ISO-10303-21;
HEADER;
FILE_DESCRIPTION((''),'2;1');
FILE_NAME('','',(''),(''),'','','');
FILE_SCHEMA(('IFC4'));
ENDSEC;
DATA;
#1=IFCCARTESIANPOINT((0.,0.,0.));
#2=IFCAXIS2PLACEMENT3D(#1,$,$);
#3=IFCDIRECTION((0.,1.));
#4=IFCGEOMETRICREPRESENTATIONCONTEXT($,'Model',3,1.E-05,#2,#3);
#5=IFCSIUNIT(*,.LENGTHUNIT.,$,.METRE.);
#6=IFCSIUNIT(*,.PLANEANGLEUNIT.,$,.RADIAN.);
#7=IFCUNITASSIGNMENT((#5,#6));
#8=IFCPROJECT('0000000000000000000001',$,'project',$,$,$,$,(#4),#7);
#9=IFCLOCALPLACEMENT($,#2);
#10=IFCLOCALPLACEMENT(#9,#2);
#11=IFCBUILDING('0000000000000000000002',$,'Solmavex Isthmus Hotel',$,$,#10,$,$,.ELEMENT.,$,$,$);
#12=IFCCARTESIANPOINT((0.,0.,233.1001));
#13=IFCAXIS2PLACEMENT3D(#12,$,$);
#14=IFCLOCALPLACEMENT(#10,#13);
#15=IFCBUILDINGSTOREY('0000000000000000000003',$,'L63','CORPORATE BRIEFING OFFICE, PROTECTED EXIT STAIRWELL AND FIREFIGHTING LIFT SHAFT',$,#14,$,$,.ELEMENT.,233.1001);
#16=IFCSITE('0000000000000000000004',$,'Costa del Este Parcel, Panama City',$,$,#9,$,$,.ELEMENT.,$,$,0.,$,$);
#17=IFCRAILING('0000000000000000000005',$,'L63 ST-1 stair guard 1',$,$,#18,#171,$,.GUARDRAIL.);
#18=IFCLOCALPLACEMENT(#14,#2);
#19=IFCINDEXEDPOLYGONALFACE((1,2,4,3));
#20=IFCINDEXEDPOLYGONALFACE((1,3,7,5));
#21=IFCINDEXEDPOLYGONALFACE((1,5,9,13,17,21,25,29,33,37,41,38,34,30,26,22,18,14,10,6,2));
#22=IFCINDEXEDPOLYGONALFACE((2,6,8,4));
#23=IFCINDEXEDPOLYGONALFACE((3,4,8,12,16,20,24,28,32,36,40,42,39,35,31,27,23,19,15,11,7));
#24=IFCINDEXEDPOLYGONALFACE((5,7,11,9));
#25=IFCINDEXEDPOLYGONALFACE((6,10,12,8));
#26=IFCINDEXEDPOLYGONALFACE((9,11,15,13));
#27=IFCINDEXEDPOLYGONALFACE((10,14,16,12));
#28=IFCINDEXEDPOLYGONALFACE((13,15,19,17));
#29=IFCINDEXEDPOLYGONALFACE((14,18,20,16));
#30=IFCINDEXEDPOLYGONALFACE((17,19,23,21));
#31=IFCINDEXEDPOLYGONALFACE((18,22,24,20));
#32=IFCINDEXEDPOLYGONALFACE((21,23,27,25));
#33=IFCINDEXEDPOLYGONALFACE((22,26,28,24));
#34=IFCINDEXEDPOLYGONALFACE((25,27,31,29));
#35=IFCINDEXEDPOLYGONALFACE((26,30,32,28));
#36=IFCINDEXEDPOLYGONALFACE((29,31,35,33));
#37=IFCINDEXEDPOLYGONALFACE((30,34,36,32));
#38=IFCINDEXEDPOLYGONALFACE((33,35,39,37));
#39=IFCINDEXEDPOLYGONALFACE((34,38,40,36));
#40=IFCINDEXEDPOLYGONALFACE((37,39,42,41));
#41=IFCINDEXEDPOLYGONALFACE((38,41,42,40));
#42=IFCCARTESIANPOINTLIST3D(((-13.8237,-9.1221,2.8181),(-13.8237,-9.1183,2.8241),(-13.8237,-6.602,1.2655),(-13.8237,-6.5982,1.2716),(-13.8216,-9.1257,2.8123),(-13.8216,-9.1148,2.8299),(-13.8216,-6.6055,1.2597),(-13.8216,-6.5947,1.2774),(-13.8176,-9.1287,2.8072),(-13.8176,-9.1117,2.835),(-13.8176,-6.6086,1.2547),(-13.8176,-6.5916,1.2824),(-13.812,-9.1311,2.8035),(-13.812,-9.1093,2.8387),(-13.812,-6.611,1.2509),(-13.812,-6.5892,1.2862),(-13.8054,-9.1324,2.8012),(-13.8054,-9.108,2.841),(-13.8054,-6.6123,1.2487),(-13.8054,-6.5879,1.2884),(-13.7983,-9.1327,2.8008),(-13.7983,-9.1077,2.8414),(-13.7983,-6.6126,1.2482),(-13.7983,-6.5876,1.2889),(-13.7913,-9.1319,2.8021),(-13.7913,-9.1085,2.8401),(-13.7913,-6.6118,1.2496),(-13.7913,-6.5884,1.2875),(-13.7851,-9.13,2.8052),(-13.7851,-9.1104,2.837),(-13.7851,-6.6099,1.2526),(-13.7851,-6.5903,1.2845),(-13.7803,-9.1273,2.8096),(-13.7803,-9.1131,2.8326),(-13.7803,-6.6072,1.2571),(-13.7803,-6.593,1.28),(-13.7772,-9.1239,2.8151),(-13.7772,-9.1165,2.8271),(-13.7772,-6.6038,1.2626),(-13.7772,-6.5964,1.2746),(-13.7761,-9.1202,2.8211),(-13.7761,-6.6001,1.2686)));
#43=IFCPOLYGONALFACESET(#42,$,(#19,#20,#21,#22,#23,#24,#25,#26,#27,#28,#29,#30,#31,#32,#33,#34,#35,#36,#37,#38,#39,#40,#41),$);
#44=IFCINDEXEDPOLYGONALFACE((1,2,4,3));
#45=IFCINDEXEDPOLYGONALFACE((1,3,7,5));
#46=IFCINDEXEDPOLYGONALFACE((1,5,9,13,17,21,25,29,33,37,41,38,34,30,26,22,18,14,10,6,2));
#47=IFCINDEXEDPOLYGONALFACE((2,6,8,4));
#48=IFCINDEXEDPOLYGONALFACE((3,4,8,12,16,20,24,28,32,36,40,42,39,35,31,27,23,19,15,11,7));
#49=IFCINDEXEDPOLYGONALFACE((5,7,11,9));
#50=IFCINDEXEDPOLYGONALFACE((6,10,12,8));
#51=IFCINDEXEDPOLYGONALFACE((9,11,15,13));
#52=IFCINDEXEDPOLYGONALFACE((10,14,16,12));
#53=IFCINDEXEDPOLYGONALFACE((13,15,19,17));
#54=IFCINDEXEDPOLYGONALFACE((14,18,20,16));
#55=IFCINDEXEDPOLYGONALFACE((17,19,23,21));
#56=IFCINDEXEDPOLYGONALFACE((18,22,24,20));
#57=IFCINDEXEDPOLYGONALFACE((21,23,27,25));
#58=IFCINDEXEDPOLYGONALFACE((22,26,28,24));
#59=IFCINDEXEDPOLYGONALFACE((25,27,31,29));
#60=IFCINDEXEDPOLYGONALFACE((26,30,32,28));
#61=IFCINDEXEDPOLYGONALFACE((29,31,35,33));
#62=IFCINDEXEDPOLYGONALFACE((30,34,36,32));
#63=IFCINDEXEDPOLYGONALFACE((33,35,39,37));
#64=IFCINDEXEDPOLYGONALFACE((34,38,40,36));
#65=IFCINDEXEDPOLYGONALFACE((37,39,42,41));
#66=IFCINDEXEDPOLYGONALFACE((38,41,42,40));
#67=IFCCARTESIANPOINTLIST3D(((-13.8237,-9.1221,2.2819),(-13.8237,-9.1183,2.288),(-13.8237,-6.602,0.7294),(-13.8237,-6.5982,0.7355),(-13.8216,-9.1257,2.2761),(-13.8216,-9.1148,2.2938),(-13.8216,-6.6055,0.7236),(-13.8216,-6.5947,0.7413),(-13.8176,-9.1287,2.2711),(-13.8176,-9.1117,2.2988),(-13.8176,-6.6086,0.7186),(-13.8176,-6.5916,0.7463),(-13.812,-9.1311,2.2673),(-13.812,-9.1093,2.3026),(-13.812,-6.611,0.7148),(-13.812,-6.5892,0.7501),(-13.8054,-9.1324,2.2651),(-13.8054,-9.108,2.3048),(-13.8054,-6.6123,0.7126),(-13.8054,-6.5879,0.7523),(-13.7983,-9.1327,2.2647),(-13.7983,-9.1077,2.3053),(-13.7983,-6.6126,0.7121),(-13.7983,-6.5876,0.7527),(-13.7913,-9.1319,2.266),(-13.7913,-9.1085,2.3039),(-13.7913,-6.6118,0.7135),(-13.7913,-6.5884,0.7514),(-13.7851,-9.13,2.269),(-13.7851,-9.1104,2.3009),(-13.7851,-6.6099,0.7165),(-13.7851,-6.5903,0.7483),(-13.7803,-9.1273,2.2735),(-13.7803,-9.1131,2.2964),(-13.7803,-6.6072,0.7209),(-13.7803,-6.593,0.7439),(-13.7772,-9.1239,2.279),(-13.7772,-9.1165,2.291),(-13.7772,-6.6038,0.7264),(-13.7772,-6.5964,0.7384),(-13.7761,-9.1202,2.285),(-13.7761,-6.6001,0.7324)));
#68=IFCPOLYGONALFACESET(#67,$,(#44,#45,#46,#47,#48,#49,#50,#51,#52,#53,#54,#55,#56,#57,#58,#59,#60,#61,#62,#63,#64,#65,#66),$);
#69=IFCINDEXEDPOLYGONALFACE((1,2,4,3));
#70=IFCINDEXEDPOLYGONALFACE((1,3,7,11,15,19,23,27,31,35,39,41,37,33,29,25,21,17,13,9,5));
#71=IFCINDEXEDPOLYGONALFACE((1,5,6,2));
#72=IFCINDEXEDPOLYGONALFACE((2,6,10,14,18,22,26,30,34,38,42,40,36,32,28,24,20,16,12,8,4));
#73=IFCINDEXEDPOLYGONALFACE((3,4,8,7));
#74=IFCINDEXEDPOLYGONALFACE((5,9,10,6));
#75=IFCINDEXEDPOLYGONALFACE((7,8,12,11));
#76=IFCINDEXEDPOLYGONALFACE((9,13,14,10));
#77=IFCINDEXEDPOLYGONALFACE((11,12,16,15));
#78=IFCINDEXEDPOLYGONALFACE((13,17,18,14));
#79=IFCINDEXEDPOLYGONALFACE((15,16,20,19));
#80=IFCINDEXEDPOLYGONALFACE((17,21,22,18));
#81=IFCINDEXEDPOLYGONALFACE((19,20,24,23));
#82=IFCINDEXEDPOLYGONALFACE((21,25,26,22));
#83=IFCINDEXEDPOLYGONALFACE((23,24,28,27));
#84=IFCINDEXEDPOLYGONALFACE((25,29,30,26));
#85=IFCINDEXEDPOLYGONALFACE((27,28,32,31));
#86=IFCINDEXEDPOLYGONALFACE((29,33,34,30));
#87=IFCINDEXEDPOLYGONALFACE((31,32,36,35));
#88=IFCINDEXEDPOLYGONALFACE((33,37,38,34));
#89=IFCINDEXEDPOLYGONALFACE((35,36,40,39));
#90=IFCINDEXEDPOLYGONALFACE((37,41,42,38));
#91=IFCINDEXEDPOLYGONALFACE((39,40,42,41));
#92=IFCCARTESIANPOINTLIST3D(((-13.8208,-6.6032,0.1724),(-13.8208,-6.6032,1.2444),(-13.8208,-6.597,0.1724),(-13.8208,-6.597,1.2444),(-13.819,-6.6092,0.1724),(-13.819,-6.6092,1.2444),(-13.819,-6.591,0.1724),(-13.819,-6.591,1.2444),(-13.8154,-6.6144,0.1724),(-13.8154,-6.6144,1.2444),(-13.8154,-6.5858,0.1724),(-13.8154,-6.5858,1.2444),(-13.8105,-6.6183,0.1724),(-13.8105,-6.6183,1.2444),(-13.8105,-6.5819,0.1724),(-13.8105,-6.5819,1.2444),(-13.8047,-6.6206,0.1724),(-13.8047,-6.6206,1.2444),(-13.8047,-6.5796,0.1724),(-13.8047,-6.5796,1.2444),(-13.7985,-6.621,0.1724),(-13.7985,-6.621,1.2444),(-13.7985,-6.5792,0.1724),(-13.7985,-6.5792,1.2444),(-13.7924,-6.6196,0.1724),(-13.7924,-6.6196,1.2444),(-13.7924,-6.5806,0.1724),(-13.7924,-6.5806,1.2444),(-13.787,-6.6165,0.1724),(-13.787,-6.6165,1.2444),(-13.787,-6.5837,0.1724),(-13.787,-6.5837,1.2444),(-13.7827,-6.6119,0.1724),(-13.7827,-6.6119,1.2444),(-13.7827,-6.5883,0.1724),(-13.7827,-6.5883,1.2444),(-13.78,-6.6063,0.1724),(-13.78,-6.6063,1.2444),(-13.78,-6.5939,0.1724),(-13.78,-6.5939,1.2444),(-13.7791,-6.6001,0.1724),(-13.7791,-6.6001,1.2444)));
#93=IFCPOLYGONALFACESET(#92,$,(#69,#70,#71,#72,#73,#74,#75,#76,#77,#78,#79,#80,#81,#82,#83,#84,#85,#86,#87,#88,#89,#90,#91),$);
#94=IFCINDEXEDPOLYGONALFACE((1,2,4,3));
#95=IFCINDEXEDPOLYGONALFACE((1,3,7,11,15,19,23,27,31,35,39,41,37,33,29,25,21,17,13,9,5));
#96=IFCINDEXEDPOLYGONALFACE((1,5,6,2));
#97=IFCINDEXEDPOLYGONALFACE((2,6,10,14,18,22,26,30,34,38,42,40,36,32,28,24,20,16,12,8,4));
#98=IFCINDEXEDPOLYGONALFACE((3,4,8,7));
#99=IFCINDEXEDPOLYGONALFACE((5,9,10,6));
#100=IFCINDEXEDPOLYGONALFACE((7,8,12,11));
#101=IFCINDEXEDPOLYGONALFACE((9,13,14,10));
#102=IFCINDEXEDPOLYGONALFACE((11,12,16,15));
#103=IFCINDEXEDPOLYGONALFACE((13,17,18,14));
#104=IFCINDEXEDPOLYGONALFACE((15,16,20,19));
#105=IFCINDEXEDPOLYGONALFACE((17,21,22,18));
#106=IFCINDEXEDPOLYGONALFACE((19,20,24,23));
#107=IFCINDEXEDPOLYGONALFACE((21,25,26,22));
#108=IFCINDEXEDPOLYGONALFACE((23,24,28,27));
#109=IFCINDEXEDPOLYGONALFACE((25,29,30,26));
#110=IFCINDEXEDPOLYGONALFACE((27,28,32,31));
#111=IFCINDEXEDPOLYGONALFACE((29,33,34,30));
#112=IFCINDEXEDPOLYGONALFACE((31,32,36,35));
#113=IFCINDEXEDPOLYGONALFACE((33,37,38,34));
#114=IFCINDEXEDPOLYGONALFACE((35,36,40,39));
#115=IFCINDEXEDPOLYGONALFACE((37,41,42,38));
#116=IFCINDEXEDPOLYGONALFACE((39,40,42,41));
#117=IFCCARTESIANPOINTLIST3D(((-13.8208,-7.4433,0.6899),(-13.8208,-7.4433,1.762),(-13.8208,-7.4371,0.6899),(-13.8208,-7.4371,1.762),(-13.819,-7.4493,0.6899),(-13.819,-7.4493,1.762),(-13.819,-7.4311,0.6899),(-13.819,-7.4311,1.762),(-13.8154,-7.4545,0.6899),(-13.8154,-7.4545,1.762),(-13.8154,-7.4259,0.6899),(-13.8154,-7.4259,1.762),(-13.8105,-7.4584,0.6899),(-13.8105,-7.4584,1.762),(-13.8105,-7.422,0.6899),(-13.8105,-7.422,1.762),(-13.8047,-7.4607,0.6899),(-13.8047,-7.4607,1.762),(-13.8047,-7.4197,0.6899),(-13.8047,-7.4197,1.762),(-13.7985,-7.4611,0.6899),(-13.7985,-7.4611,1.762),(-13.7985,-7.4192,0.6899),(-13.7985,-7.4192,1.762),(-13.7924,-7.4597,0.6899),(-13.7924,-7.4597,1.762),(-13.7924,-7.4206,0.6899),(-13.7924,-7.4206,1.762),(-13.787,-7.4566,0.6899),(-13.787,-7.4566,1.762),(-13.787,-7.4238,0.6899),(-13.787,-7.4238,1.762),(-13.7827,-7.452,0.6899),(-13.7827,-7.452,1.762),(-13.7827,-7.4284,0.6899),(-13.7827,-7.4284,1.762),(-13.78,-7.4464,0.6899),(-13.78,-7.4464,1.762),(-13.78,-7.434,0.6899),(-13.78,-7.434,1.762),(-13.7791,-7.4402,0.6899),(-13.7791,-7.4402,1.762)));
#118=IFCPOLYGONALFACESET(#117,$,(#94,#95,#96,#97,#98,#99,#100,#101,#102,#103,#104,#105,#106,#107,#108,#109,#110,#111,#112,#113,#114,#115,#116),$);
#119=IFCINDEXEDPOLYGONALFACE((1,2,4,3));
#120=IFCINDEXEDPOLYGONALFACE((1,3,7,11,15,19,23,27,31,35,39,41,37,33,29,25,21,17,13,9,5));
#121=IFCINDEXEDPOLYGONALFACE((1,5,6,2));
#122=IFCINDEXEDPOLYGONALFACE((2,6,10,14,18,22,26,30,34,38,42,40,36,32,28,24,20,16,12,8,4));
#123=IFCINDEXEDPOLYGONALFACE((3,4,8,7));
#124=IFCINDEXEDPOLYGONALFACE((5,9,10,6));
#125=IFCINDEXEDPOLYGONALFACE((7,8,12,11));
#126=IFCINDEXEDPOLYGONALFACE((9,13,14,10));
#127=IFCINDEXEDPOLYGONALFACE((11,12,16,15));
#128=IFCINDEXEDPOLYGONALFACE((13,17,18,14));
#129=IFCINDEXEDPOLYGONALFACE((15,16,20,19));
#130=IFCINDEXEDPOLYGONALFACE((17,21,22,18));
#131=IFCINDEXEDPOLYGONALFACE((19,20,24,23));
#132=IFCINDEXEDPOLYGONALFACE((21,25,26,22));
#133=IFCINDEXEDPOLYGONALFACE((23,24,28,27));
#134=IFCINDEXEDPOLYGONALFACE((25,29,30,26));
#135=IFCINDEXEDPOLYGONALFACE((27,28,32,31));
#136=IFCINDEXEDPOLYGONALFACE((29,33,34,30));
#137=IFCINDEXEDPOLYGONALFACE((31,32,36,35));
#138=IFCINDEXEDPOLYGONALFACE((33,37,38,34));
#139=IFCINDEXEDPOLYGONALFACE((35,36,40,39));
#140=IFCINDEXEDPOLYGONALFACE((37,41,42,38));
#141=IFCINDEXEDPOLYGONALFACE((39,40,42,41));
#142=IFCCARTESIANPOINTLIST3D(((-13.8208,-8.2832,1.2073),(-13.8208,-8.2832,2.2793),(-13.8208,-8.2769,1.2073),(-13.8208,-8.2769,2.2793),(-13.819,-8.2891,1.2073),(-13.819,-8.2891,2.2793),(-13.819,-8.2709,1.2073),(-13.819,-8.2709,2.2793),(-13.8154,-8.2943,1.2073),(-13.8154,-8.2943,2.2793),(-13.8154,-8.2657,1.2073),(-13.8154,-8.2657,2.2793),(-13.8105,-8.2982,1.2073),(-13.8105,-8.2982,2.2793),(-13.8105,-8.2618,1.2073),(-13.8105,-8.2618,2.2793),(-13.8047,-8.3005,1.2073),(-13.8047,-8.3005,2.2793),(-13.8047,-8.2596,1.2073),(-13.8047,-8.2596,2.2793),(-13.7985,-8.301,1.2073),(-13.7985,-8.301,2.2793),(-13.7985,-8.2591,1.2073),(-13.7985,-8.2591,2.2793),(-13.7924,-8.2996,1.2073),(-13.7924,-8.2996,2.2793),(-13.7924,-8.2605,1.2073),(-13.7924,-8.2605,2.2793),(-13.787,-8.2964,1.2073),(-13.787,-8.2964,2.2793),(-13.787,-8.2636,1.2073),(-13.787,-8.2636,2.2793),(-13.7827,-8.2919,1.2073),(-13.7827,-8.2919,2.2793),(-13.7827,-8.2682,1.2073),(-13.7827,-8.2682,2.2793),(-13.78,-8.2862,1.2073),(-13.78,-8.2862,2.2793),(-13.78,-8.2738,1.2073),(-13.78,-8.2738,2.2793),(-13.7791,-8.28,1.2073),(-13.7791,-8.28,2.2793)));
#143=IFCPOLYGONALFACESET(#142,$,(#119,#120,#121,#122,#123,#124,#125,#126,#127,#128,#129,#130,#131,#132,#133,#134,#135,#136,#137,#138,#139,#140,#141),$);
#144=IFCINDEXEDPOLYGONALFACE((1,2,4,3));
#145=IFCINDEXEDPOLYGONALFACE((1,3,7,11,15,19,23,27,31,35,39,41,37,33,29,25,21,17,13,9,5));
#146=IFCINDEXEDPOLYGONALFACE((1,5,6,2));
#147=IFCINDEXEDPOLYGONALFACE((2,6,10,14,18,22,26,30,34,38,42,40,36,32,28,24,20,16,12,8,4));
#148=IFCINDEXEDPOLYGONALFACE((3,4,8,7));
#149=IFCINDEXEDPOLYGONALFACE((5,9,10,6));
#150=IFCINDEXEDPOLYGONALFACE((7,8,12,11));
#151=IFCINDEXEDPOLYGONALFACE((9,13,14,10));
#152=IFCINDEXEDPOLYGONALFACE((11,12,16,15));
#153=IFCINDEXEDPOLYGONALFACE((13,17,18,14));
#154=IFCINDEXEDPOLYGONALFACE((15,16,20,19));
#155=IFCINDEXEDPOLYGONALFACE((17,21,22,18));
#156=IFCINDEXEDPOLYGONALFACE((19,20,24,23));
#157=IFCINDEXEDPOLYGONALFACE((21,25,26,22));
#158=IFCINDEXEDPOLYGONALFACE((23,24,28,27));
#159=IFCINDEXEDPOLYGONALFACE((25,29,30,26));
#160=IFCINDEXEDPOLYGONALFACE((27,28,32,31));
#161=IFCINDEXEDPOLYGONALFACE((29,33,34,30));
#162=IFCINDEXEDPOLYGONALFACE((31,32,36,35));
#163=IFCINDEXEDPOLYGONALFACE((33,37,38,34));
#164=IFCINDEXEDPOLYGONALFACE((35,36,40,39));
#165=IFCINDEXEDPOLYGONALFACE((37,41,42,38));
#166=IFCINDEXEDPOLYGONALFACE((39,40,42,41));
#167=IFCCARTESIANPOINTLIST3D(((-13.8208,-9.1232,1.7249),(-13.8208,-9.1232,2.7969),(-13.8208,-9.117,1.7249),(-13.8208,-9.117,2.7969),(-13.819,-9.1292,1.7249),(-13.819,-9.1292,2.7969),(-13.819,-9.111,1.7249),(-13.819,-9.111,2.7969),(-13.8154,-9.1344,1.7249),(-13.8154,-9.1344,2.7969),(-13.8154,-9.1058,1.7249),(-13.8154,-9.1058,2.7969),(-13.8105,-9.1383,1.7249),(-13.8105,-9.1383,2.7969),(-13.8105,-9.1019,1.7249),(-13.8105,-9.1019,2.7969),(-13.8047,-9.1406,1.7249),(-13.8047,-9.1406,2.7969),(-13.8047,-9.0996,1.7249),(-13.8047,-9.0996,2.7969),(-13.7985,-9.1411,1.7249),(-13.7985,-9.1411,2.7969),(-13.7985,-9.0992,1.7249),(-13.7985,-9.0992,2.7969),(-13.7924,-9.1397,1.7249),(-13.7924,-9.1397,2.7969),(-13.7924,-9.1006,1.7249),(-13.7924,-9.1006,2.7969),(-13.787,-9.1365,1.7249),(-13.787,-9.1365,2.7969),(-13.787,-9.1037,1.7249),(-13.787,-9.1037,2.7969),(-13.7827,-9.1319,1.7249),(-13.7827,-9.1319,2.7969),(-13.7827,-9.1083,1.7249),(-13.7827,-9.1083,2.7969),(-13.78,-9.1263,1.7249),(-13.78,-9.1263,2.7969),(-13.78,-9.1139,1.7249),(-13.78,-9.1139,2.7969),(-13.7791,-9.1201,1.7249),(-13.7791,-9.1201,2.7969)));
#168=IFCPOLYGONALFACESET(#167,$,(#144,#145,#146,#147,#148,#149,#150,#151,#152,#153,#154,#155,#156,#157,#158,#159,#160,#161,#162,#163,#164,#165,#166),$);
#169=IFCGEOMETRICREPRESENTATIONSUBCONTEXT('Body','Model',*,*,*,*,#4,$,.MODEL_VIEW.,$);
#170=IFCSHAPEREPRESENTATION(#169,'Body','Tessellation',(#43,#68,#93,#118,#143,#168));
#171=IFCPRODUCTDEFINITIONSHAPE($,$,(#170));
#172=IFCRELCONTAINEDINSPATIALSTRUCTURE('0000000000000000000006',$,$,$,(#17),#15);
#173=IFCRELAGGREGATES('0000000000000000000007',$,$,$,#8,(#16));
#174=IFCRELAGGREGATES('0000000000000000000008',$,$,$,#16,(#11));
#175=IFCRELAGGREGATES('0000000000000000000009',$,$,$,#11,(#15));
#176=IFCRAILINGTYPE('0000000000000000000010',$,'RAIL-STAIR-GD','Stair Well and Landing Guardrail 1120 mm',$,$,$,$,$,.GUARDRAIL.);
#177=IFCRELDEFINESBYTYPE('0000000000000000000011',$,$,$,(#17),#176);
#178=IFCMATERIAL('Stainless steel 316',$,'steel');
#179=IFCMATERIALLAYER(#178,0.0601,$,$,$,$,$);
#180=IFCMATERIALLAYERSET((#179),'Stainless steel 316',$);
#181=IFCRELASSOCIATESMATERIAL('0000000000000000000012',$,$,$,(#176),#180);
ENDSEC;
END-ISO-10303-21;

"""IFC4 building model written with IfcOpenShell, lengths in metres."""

from ifc_helpers import new_model, si_unit, direction, frame, origin, origin_2d, place, context, subcontext, project, spatial, circle, extrude, material, layer, layer_set, type_object, element, save


model = new_model("IFC4")

# Units and contexts
model_context = context("Model", 3, precision=1e-05, world=origin(), true_north=direction((0.0, 1.0)))
body_context = subcontext(model_context, "Body", "Model", "MODEL_VIEW")
ifc_project = project(units=[si_unit("LENGTHUNIT", "METRE"), si_unit("PLANEANGLEUNIT", "RADIAN")], contexts=[model_context])

# Site, building, storey
site_placement = place(None, origin())
site = spatial("IfcSite", under=ifc_project, at=site_placement, Name="Costa del Este Parcel, Panama City", CompositionType="ELEMENT", RefElevation=0.0)
building_placement = place(site_placement, origin())
building = spatial("IfcBuilding", under=site, at=building_placement, Name="Solmavex Isthmus Hotel", CompositionType="ELEMENT")
storey_placement = place(building_placement, frame((0.0, 0.0, 233.1001)))
storey = spatial("IfcBuildingStorey", under=building, at=storey_placement, Name="L63", Description="CORPORATE BRIEFING OFFICE, PROTECTED EXIT STAIRWELL AND FIREFIGHTING LIFT SHAFT", CompositionType="ELEMENT", Elevation=233.1001)

# Railing
ifc_material_1 = material(Name="Stainless steel 316", Category="steel")
ifc_layer_1 = layer(ifc_material_1, 0.0601)
ifc_layer_set_1 = layer_set([ifc_layer_1], Name="Stainless steel 316")
railing_type_1 = type_object("IfcRailingType", Name="RAIL-STAIR-GD", Description="Stair Well and Landing Guardrail 1120 mm", PredefinedType="GUARDRAIL", material=ifc_layer_set_1)
railing_1_placement = place(storey_placement, frame((-13.8, -6.6001, 0.1724)))
element("IfcRailing", 1, at=railing_1_placement, inside=storey, type_object=railing_type_1, Name="L63 ST-1 stair guard 1", PredefinedType="GUARDRAIL", context=body_context, shape_type="SweptSolid", body=[
    extrude(circle(Radius=0.0239, at=origin_2d()), frame((0.0, 0.0, 1.0962), z_axis=(0.0, -0.8514, 0.524516), x_axis=(1.0, 0.0, 0.0)), (0.0, 0.0, 1.0), 2.96),
    extrude(circle(Radius=0.0239, at=origin_2d()), frame((0.0, 0.0, 0.5601), z_axis=(0.0, -0.8514, 0.524516), x_axis=(1.0, 0.0, 0.0)), (0.0, 0.0, 1.0), 2.96),
    extrude(circle(Radius=0.021, at=origin_2d()), origin(), (0.0, 0.0, 1.0), 1.072),
    extrude(circle(Radius=0.021, at=origin_2d()), frame((0.0, -0.8401, 0.5176)), (0.0, 0.0, 1.0), 1.072),
    extrude(circle(Radius=0.021, at=origin_2d()), frame((0.0, -1.6799, 1.0349)), (0.0, 0.0, 1.0), 1.072),
    extrude(circle(Radius=0.021, at=origin_2d()), frame((0.0, -2.52, 1.5525)), (0.0, 0.0, 1.0), 1.072),
])

save(model, "model.ifc")
